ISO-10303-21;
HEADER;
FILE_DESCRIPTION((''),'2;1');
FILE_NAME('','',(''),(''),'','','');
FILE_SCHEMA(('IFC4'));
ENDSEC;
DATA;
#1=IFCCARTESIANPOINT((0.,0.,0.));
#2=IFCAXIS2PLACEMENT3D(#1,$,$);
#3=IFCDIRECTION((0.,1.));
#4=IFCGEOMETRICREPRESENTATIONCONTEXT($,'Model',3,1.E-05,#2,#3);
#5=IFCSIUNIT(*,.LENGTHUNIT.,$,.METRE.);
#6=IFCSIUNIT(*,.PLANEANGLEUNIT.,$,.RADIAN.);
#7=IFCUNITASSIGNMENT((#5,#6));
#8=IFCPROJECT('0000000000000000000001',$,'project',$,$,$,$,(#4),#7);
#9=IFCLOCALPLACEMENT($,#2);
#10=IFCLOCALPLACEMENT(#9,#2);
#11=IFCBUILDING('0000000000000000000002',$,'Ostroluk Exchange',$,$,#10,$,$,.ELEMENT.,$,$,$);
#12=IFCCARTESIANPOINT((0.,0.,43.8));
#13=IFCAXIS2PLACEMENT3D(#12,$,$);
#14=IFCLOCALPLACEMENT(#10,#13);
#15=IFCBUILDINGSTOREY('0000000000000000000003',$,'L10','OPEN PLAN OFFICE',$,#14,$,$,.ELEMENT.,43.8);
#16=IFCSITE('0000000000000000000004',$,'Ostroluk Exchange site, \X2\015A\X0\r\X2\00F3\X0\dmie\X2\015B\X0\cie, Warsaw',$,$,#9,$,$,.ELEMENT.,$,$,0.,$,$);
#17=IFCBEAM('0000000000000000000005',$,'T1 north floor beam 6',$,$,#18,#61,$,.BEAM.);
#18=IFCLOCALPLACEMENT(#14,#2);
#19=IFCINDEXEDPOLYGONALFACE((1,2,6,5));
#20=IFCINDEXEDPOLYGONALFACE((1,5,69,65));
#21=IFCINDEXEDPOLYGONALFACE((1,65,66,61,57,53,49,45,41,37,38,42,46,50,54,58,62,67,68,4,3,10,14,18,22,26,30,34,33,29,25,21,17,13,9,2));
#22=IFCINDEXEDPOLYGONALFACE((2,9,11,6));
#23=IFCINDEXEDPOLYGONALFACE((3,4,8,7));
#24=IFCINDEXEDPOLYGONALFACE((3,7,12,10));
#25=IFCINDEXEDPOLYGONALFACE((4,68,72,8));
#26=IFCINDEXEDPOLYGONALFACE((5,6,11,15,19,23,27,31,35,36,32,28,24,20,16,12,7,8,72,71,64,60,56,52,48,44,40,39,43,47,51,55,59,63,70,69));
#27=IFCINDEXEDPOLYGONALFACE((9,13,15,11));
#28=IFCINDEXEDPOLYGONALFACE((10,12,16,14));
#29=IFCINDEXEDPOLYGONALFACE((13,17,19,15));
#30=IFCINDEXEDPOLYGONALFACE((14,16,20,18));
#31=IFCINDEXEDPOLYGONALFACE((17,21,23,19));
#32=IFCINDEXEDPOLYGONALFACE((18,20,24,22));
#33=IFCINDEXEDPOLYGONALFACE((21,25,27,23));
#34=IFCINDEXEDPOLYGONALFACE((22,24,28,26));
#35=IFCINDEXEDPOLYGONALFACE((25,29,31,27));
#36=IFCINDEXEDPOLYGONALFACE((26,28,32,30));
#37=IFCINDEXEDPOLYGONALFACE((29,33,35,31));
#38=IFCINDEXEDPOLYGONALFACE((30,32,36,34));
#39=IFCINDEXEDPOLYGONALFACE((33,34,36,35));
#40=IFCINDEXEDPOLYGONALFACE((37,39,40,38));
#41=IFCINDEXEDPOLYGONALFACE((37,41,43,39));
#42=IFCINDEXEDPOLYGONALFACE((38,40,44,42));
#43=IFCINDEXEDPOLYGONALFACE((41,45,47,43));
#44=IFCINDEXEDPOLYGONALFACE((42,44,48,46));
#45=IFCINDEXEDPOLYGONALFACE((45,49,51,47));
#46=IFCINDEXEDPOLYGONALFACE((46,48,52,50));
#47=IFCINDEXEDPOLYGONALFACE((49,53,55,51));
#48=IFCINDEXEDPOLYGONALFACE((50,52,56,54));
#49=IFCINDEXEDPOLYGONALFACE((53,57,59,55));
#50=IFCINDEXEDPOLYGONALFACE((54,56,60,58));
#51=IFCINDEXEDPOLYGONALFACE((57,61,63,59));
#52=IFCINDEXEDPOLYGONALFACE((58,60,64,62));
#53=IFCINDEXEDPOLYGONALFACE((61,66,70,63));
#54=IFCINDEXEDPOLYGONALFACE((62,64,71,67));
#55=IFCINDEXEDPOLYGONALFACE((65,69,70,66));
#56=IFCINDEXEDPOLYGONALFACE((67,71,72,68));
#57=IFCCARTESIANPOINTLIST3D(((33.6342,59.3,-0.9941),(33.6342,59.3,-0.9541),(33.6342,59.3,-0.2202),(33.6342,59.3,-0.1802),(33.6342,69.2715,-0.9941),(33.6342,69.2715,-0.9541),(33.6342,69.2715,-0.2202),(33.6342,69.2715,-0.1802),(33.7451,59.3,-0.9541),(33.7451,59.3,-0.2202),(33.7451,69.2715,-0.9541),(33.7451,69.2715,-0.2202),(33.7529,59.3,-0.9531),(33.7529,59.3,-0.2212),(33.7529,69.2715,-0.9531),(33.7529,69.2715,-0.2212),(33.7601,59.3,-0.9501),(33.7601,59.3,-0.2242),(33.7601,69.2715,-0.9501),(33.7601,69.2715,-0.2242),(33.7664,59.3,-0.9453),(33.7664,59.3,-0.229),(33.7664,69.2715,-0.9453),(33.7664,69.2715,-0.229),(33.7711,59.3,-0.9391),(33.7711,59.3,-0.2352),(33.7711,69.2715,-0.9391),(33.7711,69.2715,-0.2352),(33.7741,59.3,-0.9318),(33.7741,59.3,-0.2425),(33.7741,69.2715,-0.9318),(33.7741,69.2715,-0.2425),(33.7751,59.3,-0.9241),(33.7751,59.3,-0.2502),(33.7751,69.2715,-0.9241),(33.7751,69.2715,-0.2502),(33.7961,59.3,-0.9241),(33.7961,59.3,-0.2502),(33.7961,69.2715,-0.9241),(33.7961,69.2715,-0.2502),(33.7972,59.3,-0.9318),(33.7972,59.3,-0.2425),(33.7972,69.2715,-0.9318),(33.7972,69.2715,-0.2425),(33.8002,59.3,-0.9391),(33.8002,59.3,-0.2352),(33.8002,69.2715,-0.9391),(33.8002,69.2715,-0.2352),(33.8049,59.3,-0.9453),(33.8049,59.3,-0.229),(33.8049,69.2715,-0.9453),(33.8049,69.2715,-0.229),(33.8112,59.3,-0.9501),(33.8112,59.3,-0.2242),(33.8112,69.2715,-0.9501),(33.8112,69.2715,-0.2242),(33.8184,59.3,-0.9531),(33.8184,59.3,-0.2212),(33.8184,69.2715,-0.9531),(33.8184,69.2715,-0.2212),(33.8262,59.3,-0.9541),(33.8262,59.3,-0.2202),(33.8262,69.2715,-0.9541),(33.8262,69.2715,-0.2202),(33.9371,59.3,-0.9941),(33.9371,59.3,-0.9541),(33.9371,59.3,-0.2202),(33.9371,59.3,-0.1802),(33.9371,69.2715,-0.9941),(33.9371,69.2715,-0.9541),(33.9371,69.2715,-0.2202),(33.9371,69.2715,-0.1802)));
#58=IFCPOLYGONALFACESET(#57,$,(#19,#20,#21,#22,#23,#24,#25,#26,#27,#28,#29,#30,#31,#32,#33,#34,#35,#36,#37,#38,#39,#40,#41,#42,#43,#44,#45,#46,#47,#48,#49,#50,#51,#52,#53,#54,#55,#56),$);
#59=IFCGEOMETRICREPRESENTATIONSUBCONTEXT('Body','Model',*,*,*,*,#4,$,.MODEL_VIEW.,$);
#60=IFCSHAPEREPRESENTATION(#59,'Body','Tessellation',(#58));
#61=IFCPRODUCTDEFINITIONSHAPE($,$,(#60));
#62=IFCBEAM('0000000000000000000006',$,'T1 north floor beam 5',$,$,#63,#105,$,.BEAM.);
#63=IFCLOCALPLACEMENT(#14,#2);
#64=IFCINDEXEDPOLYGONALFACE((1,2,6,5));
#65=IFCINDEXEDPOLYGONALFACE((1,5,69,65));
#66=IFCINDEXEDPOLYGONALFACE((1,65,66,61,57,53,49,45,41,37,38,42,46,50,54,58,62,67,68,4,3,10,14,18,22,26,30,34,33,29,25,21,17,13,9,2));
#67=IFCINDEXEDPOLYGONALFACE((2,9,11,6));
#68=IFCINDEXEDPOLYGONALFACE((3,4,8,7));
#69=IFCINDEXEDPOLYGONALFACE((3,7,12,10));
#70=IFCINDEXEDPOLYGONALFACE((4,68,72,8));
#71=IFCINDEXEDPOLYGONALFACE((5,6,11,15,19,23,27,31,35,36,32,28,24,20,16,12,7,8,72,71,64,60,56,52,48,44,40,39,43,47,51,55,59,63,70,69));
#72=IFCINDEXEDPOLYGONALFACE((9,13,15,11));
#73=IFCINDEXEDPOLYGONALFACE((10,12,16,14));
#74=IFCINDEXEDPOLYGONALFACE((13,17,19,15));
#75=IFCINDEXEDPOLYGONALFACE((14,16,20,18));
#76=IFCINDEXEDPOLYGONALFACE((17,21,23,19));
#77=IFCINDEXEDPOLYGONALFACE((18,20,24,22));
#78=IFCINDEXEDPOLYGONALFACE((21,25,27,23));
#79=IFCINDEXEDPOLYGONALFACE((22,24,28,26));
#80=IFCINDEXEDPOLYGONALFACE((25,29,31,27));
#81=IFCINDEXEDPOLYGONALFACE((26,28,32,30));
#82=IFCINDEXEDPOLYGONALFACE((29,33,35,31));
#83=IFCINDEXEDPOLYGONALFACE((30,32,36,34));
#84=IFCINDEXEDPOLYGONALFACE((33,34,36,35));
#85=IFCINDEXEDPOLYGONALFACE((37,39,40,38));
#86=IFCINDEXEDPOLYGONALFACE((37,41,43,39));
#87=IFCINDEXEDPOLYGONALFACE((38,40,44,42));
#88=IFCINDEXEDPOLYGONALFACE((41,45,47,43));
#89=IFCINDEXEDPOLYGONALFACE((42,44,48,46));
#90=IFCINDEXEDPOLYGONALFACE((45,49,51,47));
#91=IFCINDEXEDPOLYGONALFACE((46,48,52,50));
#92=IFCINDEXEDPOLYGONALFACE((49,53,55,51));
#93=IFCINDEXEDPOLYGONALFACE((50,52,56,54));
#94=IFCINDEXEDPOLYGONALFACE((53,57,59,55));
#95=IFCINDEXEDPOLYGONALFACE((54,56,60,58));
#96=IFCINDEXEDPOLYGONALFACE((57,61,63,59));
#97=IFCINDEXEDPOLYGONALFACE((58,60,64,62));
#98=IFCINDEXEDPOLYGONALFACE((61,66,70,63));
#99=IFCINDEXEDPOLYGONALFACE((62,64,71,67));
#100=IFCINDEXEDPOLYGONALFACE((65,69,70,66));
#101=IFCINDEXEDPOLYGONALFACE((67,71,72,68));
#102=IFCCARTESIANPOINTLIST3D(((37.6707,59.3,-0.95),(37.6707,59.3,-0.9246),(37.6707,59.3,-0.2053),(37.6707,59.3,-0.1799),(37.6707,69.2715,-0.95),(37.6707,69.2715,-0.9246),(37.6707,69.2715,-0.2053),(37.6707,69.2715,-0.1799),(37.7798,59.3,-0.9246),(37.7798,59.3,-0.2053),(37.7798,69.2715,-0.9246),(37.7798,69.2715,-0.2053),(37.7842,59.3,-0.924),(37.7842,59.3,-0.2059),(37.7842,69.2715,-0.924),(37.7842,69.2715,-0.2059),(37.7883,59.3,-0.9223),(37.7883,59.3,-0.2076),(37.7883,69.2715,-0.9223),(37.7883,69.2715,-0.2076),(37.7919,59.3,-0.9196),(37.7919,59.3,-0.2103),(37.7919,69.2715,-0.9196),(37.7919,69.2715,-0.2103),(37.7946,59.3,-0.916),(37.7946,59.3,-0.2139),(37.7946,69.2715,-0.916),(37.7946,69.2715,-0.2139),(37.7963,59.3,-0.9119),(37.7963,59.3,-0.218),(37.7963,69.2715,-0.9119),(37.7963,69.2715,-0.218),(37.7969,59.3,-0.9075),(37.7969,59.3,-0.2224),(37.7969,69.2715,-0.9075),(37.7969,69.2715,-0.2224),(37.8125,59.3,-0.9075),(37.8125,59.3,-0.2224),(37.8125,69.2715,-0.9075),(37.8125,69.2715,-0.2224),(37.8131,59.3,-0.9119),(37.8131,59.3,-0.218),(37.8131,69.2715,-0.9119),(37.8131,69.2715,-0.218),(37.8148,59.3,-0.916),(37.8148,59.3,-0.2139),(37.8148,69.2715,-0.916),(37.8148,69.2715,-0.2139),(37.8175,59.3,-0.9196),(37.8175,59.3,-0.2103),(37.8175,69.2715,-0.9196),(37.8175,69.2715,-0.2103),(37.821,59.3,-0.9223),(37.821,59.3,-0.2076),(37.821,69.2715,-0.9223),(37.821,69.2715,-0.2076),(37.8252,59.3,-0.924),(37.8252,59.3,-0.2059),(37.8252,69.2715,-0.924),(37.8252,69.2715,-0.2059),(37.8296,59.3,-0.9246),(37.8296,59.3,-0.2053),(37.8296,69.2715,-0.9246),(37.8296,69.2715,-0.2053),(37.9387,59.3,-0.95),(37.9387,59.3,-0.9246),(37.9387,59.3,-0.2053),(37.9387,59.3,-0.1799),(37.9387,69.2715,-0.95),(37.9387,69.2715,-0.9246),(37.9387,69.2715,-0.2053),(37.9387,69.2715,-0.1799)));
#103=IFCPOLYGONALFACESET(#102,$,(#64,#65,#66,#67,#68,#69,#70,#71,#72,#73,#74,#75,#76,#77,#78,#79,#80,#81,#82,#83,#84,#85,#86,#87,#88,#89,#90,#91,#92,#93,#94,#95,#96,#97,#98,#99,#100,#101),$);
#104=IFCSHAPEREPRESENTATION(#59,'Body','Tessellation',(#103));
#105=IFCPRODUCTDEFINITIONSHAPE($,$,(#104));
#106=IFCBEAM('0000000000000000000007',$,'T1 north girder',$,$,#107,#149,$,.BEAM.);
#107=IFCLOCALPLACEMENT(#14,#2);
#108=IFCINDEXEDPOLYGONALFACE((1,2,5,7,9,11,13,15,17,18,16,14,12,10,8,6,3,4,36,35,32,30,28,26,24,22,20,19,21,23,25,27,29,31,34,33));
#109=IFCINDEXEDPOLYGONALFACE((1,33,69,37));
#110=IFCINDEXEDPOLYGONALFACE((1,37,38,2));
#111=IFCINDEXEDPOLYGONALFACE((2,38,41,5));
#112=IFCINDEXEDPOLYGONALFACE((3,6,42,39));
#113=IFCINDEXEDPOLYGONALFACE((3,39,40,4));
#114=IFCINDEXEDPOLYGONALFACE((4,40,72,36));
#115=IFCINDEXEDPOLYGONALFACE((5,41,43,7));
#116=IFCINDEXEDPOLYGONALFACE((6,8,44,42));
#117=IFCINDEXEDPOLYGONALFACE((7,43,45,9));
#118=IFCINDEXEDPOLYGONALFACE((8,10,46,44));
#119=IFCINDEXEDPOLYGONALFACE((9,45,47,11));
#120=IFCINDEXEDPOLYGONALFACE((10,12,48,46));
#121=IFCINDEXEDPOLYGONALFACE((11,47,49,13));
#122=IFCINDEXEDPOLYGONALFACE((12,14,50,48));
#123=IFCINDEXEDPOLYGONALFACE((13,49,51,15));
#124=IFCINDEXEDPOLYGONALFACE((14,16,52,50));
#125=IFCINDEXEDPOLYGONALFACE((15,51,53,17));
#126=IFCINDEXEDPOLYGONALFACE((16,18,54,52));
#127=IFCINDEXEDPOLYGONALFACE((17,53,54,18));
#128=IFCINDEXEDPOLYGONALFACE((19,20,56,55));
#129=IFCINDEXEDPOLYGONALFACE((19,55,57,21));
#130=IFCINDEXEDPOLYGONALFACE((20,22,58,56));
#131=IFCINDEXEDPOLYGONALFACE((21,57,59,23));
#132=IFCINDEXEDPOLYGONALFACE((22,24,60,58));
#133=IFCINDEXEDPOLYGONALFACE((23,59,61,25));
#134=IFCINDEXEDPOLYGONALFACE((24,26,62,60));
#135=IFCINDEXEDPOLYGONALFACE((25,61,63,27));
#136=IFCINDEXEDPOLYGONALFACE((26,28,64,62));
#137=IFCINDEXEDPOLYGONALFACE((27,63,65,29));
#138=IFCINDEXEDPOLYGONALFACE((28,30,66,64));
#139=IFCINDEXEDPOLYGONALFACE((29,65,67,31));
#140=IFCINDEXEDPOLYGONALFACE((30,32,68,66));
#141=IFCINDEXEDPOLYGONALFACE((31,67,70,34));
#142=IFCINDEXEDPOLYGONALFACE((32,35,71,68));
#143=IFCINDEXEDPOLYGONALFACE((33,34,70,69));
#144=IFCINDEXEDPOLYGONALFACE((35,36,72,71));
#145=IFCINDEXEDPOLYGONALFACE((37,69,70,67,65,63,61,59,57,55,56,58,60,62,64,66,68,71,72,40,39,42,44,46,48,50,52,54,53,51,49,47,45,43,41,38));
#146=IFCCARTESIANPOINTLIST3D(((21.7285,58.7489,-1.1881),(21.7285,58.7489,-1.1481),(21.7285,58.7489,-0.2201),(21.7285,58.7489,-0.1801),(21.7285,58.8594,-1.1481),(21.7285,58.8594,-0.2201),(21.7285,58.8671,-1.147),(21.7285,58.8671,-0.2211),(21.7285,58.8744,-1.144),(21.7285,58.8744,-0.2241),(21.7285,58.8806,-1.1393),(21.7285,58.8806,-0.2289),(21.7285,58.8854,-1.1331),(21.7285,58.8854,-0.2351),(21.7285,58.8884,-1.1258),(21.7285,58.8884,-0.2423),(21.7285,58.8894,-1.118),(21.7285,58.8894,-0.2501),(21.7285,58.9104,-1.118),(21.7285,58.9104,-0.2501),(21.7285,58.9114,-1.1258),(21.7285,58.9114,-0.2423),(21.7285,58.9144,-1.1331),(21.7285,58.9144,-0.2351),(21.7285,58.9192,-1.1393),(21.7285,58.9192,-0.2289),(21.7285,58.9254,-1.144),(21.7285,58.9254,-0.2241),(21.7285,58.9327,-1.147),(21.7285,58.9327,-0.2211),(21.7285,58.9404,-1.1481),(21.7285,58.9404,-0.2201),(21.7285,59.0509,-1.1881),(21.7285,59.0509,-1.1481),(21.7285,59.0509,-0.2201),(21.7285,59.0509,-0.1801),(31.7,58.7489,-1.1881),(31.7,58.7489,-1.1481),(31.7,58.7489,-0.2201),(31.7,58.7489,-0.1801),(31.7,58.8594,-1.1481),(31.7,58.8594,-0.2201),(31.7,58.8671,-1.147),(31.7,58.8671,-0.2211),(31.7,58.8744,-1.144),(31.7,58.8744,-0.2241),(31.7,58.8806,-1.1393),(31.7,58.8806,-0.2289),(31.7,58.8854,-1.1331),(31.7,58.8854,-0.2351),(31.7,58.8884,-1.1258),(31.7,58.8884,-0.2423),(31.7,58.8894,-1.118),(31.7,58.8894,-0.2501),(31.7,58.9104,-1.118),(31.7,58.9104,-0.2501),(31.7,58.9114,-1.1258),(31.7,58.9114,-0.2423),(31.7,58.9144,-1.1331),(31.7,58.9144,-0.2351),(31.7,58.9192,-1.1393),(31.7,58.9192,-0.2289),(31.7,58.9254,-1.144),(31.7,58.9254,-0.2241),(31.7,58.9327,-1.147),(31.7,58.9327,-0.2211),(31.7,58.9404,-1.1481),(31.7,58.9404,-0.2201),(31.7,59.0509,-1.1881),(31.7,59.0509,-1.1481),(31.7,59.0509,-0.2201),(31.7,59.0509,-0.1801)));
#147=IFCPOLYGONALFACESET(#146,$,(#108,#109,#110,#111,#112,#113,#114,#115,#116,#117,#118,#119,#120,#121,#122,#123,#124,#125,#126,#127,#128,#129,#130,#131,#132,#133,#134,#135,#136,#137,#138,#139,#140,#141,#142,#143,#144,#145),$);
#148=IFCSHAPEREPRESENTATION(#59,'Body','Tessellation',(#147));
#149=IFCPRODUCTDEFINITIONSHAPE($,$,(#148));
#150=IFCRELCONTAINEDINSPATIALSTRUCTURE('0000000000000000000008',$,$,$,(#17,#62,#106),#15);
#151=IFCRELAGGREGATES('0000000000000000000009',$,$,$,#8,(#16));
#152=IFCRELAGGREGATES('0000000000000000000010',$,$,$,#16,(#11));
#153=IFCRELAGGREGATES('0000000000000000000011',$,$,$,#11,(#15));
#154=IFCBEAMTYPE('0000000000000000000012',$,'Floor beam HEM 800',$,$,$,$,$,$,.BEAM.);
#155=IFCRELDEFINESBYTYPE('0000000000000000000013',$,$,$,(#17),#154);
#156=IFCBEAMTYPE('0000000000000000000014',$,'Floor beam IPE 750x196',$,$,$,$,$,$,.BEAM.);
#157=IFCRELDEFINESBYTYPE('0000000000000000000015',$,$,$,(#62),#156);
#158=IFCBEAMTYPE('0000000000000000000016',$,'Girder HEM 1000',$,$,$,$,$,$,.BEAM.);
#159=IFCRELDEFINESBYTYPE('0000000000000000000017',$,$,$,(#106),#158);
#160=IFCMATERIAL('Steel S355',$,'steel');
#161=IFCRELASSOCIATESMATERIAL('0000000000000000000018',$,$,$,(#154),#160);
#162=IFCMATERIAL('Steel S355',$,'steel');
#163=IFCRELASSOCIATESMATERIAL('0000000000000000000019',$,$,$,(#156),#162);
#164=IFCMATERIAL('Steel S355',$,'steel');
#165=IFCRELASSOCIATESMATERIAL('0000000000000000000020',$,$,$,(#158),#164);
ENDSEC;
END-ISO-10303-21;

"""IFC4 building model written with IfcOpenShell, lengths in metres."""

from ifc_helpers import new_model, si_unit, direction, frame, origin, origin_2d, place, context, subcontext, project, spatial, i_section, extrude, material, material_profile, profile_set, type_object, element, save


model = new_model("IFC4")

# Units and contexts
model_context = context("Model", 3, precision=1e-05, world=origin(), true_north=direction((0.0, 1.0)))
body_context = subcontext(model_context, "Body", "Model", "MODEL_VIEW")
ifc_project = project(units=[si_unit("LENGTHUNIT", "METRE"), si_unit("PLANEANGLEUNIT", "RADIAN")], contexts=[model_context])

# Site, building, storey
site_placement = place(None, origin())
site = spatial("IfcSite", under=ifc_project, at=site_placement, Name="Ostroluk Exchange site, Śródmieście, Warsaw", CompositionType="ELEMENT", RefElevation=0.0)
building_placement = place(site_placement, origin())
building = spatial("IfcBuilding", under=site, at=building_placement, Name="Ostroluk Exchange", CompositionType="ELEMENT")
storey_placement = place(building_placement, frame((0.0, 0.0, 43.8)))
storey = spatial("IfcBuildingStorey", under=building, at=storey_placement, Name="L10", Description="OPEN PLAN OFFICE", CompositionType="ELEMENT", Elevation=43.8)

# Beams
ifc_material_1 = material(Name="Steel S355", Category="steel")
ifc_material_profile_1 = material_profile(ifc_material_1, i_section(OverallWidth=0.303, OverallDepth=0.814, WebThickness=0.021, FlangeThickness=0.04, FilletRadius=0.03, at=origin_2d()), Name="HEM 800")
ifc_profile_set_1 = profile_set([ifc_material_profile_1], Name="Steel S355")
beam_type_1 = type_object("IfcBeamType", Name="Floor beam HEM 800", PredefinedType="BEAM", material=ifc_profile_set_1)
beam_1_placement = place(storey_placement, frame((33.7856, 59.3, -0.5872), z_axis=(0.0, 1.0, 0.0), x_axis=(-1.0, 0.0, 0.0)))
element("IfcBeam", 1, at=beam_1_placement, inside=storey, type_object=beam_type_1, Name="T1 north floor beam 6", PredefinedType="BEAM", context=body_context, shape_type="SweptSolid", body=[
    extrude(i_section(OverallWidth=0.303, OverallDepth=0.814, WebThickness=0.021, FlangeThickness=0.04, FilletRadius=0.03, at=origin_2d()), origin(), (0.0, 0.0, 1.0), 9.9714),
])
ifc_material_2 = material(Name="Steel S355", Category="steel")
ifc_material_profile_2 = material_profile(ifc_material_2, i_section(OverallWidth=0.2681, OverallDepth=0.77, WebThickness=0.0156, FlangeThickness=0.0254, FilletRadius=0.0171, at=origin_2d()), Name="IPE 750x196")
ifc_profile_set_2 = profile_set([ifc_material_profile_2], Name="Steel S355")
beam_type_2 = type_object("IfcBeamType", Name="Floor beam IPE 750x196", PredefinedType="BEAM", material=ifc_profile_set_2)
beam_2_placement = place(storey_placement, frame((37.8047, 59.3, -0.5649), z_axis=(0.0, 1.0, 0.0), x_axis=(-1.0, 0.0, 0.0)))
element("IfcBeam", 2, at=beam_2_placement, inside=storey, type_object=beam_type_2, Name="T1 north floor beam 5", PredefinedType="BEAM", context=body_context, shape_type="SweptSolid", body=[
    extrude(i_section(OverallWidth=0.2681, OverallDepth=0.77, WebThickness=0.0156, FlangeThickness=0.0254, FilletRadius=0.0171, at=origin_2d()), origin(), (0.0, 0.0, 1.0), 9.9714),
])
ifc_material_3 = material(Name="Steel S355", Category="steel")
ifc_material_profile_3 = material_profile(ifc_material_3, i_section(OverallWidth=0.302, OverallDepth=1.0081, WebThickness=0.021, FlangeThickness=0.04, FilletRadius=0.03, at=origin_2d()), Name="HEM 1000")
ifc_profile_set_3 = profile_set([ifc_material_profile_3], Name="Steel S355")
beam_type_3 = type_object("IfcBeamType", Name="Girder HEM 1000", PredefinedType="BEAM", material=ifc_profile_set_3)
beam_3_placement = place(storey_placement, frame((31.7, 58.8999, -0.6841), z_axis=(-1.0, 0.0, 0.0), x_axis=(0.0, -1.0, 0.0)))
element("IfcBeam", 3, at=beam_3_placement, inside=storey, type_object=beam_type_3, Name="T1 north girder", PredefinedType="BEAM", context=body_context, shape_type="SweptSolid", body=[
    extrude(i_section(OverallWidth=0.302, OverallDepth=1.0081, WebThickness=0.021, FlangeThickness=0.04, FilletRadius=0.03, at=origin_2d()), origin(), (0.0, 0.0, 1.0), 9.9714),
])

save(model, "model.ifc")
